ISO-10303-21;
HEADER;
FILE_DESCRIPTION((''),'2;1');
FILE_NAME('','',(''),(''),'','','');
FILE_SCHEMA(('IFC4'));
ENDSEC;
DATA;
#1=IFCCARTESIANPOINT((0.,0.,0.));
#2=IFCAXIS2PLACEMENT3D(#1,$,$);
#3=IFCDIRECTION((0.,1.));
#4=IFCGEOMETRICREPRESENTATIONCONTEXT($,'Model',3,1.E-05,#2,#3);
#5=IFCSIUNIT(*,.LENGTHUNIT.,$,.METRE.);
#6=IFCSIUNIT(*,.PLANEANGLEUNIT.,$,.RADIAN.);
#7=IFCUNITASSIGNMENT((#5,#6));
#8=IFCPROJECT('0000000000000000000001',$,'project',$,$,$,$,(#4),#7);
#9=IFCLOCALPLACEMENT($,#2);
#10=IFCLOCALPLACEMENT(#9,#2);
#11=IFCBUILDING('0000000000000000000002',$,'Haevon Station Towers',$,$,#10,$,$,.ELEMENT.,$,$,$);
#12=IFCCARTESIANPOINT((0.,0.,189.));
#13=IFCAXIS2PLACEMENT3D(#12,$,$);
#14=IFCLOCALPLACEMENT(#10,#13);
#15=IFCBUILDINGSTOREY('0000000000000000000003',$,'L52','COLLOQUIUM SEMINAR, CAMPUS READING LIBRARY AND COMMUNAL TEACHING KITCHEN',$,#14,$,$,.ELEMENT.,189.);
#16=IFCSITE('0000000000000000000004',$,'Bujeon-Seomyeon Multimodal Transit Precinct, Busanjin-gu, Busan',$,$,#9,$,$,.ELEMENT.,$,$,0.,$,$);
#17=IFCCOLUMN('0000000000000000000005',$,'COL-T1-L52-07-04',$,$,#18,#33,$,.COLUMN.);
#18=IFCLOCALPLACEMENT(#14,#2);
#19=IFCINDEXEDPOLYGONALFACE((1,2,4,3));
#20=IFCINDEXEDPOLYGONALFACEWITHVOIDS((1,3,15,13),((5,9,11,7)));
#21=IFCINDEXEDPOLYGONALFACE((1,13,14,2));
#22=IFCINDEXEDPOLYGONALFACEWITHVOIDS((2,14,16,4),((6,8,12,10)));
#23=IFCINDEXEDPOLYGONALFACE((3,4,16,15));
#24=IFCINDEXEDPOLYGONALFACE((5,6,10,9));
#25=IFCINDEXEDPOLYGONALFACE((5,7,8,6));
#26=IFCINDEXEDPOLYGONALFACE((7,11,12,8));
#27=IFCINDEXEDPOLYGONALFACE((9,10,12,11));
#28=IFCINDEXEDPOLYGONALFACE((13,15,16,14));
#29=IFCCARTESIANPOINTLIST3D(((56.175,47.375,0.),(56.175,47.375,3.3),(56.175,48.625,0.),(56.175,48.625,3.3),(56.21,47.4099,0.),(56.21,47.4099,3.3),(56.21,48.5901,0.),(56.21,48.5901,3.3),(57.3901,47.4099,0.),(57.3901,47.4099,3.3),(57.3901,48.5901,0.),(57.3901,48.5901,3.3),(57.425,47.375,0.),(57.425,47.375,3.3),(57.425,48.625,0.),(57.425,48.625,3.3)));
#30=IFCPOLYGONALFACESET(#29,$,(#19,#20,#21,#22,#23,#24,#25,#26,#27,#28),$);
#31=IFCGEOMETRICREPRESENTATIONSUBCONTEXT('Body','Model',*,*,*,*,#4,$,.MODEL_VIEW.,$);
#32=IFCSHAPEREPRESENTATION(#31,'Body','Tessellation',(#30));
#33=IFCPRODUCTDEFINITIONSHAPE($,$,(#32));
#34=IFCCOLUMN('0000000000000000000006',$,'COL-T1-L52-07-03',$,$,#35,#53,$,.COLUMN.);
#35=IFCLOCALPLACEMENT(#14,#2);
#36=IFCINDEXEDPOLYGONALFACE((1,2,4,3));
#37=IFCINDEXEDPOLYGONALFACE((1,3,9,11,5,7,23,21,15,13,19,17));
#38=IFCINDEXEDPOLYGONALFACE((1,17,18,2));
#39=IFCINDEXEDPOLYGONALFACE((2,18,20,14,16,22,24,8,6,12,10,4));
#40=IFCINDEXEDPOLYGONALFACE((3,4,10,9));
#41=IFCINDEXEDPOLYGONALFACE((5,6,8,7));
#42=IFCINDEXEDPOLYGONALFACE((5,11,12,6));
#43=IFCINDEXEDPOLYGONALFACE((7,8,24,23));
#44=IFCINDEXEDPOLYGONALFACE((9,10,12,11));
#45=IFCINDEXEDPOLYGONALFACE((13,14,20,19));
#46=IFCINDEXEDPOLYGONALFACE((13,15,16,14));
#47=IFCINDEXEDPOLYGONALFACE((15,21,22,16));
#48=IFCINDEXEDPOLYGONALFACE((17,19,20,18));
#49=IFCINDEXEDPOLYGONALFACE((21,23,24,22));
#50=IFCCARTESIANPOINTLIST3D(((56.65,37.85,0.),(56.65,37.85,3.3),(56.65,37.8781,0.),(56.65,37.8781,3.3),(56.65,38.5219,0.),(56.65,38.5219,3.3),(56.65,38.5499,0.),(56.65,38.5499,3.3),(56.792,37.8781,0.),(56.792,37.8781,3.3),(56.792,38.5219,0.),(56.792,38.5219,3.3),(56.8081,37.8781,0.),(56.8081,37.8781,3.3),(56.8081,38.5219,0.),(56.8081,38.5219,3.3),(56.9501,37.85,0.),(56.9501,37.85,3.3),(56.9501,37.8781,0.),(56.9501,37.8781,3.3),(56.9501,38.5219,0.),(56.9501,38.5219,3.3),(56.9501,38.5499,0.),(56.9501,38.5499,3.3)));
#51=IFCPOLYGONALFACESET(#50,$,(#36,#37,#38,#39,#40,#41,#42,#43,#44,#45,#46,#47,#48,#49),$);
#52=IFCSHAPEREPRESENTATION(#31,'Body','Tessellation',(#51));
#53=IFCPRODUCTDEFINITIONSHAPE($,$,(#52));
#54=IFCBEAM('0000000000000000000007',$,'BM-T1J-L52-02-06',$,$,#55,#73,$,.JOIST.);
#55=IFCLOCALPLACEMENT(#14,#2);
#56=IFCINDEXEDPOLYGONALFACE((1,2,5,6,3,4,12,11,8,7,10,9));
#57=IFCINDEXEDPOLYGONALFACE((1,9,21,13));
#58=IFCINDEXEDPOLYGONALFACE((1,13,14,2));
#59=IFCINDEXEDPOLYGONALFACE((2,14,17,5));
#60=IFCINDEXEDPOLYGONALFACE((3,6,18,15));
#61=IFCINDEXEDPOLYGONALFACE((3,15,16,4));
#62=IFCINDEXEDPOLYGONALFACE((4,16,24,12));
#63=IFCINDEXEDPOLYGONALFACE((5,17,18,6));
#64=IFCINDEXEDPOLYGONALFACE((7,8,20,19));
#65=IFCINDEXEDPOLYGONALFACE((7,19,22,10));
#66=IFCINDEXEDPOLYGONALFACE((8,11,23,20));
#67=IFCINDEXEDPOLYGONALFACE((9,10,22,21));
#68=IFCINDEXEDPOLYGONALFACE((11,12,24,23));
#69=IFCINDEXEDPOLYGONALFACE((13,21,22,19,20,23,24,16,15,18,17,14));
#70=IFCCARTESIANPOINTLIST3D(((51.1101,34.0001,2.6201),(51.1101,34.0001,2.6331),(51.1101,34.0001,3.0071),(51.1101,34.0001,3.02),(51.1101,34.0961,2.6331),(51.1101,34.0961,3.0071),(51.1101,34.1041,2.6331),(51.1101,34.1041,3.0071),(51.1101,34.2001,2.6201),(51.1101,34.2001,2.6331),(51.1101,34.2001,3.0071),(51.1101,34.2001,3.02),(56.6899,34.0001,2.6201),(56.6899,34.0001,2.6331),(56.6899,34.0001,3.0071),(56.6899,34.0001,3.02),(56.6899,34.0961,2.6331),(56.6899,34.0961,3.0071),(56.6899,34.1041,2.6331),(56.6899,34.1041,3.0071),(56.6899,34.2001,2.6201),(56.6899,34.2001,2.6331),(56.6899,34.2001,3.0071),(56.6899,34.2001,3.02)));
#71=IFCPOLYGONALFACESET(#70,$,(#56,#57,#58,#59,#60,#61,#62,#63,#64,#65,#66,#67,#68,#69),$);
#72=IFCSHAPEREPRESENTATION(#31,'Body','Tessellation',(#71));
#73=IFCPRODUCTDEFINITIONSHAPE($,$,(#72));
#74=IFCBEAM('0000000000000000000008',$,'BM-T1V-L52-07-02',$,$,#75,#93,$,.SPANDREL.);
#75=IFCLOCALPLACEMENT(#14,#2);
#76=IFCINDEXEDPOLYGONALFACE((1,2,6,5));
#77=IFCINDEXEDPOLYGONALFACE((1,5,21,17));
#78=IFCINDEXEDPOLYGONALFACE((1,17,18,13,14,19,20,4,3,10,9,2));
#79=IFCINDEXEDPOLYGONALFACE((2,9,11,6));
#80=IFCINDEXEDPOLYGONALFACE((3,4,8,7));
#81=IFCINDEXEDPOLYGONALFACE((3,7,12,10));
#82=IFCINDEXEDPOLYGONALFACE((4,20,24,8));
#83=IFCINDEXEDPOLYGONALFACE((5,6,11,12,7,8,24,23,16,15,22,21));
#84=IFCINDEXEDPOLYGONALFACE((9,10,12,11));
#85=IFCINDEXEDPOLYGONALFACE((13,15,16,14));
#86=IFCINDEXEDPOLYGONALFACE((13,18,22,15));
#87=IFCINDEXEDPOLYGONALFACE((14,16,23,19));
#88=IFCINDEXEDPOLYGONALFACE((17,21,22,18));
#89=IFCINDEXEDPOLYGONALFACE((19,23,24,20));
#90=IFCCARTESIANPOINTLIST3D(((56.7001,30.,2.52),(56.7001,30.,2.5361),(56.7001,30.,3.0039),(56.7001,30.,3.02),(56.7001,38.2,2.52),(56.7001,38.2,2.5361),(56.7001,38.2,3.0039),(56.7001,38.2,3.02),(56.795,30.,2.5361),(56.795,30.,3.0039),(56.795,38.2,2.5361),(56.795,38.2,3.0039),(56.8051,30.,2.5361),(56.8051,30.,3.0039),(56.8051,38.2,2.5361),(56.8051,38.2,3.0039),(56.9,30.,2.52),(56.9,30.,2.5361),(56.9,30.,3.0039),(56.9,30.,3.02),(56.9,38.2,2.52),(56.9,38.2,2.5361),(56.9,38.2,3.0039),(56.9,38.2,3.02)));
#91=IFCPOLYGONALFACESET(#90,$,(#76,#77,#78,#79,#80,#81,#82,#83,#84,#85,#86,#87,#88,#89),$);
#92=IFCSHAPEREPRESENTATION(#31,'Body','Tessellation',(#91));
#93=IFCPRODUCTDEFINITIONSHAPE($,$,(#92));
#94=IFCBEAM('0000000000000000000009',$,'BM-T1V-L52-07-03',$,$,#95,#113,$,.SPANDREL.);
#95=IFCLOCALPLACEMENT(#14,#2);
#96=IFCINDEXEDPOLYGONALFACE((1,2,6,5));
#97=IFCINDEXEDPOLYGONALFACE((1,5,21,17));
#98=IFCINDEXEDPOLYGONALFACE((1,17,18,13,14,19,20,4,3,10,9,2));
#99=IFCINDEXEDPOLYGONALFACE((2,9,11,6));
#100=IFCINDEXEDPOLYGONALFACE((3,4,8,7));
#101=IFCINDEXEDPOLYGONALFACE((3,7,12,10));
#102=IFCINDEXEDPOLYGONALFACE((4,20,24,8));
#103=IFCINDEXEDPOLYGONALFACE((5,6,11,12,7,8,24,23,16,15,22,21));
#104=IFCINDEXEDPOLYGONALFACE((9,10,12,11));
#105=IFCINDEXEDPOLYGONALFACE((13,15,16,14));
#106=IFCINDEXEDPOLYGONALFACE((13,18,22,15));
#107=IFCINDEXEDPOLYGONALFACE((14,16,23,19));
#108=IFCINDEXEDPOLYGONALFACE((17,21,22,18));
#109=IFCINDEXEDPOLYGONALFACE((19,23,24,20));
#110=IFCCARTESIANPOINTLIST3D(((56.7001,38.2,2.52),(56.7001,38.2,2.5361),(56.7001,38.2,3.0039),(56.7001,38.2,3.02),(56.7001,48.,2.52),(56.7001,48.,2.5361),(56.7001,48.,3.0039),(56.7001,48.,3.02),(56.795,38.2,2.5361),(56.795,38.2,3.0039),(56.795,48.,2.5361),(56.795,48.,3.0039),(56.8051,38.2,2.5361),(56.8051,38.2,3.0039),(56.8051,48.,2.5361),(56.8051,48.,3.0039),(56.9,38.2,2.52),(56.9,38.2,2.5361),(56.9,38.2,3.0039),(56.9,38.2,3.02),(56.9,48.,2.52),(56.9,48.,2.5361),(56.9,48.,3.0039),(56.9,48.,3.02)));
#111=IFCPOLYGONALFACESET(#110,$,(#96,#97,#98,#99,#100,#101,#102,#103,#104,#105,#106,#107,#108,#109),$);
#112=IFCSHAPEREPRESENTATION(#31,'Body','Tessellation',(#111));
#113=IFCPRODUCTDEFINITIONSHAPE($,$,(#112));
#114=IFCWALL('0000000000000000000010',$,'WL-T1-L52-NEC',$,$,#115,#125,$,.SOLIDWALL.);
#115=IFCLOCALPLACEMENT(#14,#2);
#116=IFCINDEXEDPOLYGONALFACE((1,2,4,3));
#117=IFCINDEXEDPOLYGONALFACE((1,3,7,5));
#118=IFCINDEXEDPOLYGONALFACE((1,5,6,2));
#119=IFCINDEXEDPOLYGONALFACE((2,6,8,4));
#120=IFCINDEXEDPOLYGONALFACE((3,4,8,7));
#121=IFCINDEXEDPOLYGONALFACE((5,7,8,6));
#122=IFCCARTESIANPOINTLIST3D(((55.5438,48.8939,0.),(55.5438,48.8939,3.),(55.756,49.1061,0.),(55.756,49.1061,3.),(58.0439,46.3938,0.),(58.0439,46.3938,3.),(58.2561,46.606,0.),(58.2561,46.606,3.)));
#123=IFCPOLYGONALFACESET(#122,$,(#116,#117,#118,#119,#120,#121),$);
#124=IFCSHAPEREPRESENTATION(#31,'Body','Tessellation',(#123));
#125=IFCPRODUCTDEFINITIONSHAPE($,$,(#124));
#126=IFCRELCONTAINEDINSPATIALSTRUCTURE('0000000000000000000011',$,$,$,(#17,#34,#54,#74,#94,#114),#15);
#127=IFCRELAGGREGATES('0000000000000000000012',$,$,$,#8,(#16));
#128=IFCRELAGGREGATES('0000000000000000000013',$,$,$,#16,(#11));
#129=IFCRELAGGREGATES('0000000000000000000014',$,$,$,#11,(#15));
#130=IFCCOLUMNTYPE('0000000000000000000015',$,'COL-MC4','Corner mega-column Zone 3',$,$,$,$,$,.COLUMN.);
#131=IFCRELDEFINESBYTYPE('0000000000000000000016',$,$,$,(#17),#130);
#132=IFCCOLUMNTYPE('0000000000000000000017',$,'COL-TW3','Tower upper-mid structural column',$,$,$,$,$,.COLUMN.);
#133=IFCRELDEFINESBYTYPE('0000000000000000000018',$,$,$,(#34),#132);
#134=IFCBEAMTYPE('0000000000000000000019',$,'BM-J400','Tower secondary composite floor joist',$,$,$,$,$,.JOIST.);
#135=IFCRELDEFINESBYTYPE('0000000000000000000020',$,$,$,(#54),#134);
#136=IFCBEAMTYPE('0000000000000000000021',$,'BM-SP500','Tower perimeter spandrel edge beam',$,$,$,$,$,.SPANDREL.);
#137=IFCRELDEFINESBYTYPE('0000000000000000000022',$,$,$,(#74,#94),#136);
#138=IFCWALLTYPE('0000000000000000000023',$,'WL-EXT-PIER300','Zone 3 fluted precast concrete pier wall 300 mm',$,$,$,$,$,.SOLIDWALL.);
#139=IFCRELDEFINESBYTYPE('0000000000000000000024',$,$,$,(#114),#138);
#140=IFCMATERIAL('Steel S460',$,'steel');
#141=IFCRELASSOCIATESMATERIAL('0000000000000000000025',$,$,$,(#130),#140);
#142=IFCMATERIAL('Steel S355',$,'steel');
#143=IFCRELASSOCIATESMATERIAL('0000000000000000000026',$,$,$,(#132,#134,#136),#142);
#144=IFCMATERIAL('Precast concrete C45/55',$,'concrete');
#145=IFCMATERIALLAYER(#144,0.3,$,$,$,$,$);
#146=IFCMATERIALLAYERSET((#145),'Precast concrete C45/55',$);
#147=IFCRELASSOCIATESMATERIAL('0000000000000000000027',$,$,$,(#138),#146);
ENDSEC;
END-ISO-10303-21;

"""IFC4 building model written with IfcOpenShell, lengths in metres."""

from ifc_helpers import new_model, si_unit, direction, frame, frame_2d, origin, origin_2d, place, context, subcontext, project, spatial, rectangle, hollow_rectangle, i_section, extrude, material, layer, layer_set, material_profile, profile_set, type_object, element, save


model = new_model("IFC4")

# Units and contexts
model_context = context("Model", 3, precision=1e-05, world=origin(), true_north=direction((0.0, 1.0)))
body_context = subcontext(model_context, "Body", "Model", "MODEL_VIEW")
ifc_project = project(units=[si_unit("LENGTHUNIT", "METRE"), si_unit("PLANEANGLEUNIT", "RADIAN")], contexts=[model_context])

# Site, building, storey
site_placement = place(None, origin())
site = spatial("IfcSite", under=ifc_project, at=site_placement, Name="Bujeon-Seomyeon Multimodal Transit Precinct, Busanjin-gu, Busan", CompositionType="ELEMENT", RefElevation=0.0)
building_placement = place(site_placement, origin())
building = spatial("IfcBuilding", under=site, at=building_placement, Name="Haevon Station Towers", CompositionType="ELEMENT")
storey_placement = place(building_placement, frame((0.0, 0.0, 189.0)))
storey = spatial("IfcBuildingStorey", under=building, at=storey_placement, Name="L52", Description="COLLOQUIUM SEMINAR, CAMPUS READING LIBRARY AND COMMUNAL TEACHING KITCHEN", CompositionType="ELEMENT", Elevation=189.0)

# Columns
ifc_material_1 = material(Name="Steel S460", Category="steel")
ifc_material_profile_1 = material_profile(ifc_material_1, hollow_rectangle(XDim=1.25, YDim=1.25, WallThickness=0.0349, at=origin_2d()), Name="BOX-1250x1250x35")
ifc_profile_set_1 = profile_set([ifc_material_profile_1], Name="Steel S460")
column_type_1 = type_object("IfcColumnType", Name="COL-MC4", Description="Corner mega-column Zone 3", PredefinedType="COLUMN", material=ifc_profile_set_1)
column_1_placement = place(storey_placement, frame((56.8, 48.0, 0.0), z_axis=(0.0, 0.0, 1.0), x_axis=(1.0, 0.0, 0.0)))
element("IfcColumn", 1, at=column_1_placement, inside=storey, type_object=column_type_1, Name="COL-T1-L52-07-04", PredefinedType="COLUMN", context=body_context, shape_type="SweptSolid", body=[
    extrude(hollow_rectangle(XDim=1.25, YDim=1.25, WallThickness=0.0349, at=origin_2d()), origin(), (0.0, 0.0, 1.0), 3.3),
])
ifc_material_2 = material(Name="Steel S355", Category="steel")
ifc_material_profile_2 = material_profile(ifc_material_2, i_section(OverallWidth=0.3, OverallDepth=0.7, WebThickness=0.0161, FlangeThickness=0.0281, at=origin_2d()), Name="H-700x300x16x28")
ifc_profile_set_2 = profile_set([ifc_material_profile_2], Name="Steel S355")
column_type_2 = type_object("IfcColumnType", Name="COL-TW3", Description="Tower upper-mid structural column", PredefinedType="COLUMN", material=ifc_profile_set_2)
column_2_placement = place(storey_placement, frame((56.8, 38.2, 0.0), z_axis=(0.0, 0.0, 1.0), x_axis=(1.0, 0.0, 0.0)))
element("IfcColumn", 2, at=column_2_placement, inside=storey, type_object=column_type_2, Name="COL-T1-L52-07-03", PredefinedType="COLUMN", context=body_context, shape_type="SweptSolid", body=[
    extrude(i_section(OverallWidth=0.3, OverallDepth=0.7, WebThickness=0.0161, FlangeThickness=0.0281, at=origin_2d()), origin(), (0.0, 0.0, 1.0), 3.3),
])

# Beams
ifc_material_profile_3 = material_profile(ifc_material_2, i_section(OverallWidth=0.2, OverallDepth=0.3999, WebThickness=0.0081, FlangeThickness=0.0129, at=origin_2d()), Name="H-400x200x8x13")
ifc_profile_set_3 = profile_set([ifc_material_profile_3], Name="Steel S355")
beam_type_1 = type_object("IfcBeamType", Name="BM-J400", Description="Tower secondary composite floor joist", PredefinedType="JOIST", material=ifc_profile_set_3)
beam_1_placement = place(storey_placement, frame((51.1101, 34.1001, 2.8201), z_axis=(1.0, 0.0, 0.0), x_axis=(0.0, 1.0, 0.0)))
element("IfcBeam", 3, at=beam_1_placement, inside=storey, type_object=beam_type_1, Name="BM-T1J-L52-02-06", PredefinedType="JOIST", context=body_context, shape_type="SweptSolid", body=[
    extrude(i_section(OverallWidth=0.2, OverallDepth=0.3999, WebThickness=0.0081, FlangeThickness=0.0129, at=origin_2d()), origin(), (0.0, 0.0, 1.0), 5.5798),
])
ifc_material_profile_4 = material_profile(ifc_material_2, i_section(OverallWidth=0.2, OverallDepth=0.5, WebThickness=0.01, FlangeThickness=0.0161, at=origin_2d()), Name="H-500x200x10x16")
ifc_profile_set_4 = profile_set([ifc_material_profile_4], Name="Steel S355")
beam_type_2 = type_object("IfcBeamType", Name="BM-SP500", Description="Tower perimeter spandrel edge beam", PredefinedType="SPANDREL", material=ifc_profile_set_4)
beam_2_placement = place(storey_placement, frame((56.8, 30.0, 2.77), z_axis=(0.0, 1.0, 0.0), x_axis=(-1.0, 0.0, 0.0)))
element("IfcBeam", 4, at=beam_2_placement, inside=storey, type_object=beam_type_2, Name="BM-T1V-L52-07-02", PredefinedType="SPANDREL", context=body_context, shape_type="SweptSolid", body=[
    extrude(i_section(OverallWidth=0.2, OverallDepth=0.5, WebThickness=0.01, FlangeThickness=0.0161, at=origin_2d()), origin(), (0.0, 0.0, 1.0), 8.2),
])
beam_3_placement = place(storey_placement, frame((56.8, 38.2, 2.77), z_axis=(0.0, 1.0, 0.0), x_axis=(-1.0, 0.0, 0.0)))
element("IfcBeam", 5, at=beam_3_placement, inside=storey, type_object=beam_type_2, Name="BM-T1V-L52-07-03", PredefinedType="SPANDREL", context=body_context, shape_type="SweptSolid", body=[
    extrude(i_section(OverallWidth=0.2, OverallDepth=0.5, WebThickness=0.01, FlangeThickness=0.0161, at=origin_2d()), origin(), (0.0, 0.0, 1.0), 9.8),
])

# Wall
ifc_material_3 = material(Name="Precast concrete C45/55", Category="concrete")
ifc_layer_1 = layer(ifc_material_3, 0.3)
ifc_layer_set_1 = layer_set([ifc_layer_1], Name="Precast concrete C45/55")
wall_type_1 = type_object("IfcWallType", Name="WL-EXT-PIER300", Description="Zone 3 fluted precast concrete pier wall 300 mm", PredefinedType="SOLIDWALL", material=ifc_layer_set_1)
wall_1_placement = place(storey_placement, frame((55.6499, 49.0, 0.0), z_axis=(0.0, 0.0, 1.0), x_axis=(0.707107, -0.707107, 0.0)))
element("IfcWall", 6, at=wall_1_placement, inside=storey, type_object=wall_type_1, Name="WL-T1-L52-NEC", PredefinedType="SOLIDWALL", context=body_context, shape_type="SweptSolid", body=[
    extrude(rectangle(XDim=3.5356, YDim=0.3, at=frame_2d((1.7678, 0.0))), origin(), (0.0, 0.0, 1.0), 3.0),
])

save(model, "model.ifc")
